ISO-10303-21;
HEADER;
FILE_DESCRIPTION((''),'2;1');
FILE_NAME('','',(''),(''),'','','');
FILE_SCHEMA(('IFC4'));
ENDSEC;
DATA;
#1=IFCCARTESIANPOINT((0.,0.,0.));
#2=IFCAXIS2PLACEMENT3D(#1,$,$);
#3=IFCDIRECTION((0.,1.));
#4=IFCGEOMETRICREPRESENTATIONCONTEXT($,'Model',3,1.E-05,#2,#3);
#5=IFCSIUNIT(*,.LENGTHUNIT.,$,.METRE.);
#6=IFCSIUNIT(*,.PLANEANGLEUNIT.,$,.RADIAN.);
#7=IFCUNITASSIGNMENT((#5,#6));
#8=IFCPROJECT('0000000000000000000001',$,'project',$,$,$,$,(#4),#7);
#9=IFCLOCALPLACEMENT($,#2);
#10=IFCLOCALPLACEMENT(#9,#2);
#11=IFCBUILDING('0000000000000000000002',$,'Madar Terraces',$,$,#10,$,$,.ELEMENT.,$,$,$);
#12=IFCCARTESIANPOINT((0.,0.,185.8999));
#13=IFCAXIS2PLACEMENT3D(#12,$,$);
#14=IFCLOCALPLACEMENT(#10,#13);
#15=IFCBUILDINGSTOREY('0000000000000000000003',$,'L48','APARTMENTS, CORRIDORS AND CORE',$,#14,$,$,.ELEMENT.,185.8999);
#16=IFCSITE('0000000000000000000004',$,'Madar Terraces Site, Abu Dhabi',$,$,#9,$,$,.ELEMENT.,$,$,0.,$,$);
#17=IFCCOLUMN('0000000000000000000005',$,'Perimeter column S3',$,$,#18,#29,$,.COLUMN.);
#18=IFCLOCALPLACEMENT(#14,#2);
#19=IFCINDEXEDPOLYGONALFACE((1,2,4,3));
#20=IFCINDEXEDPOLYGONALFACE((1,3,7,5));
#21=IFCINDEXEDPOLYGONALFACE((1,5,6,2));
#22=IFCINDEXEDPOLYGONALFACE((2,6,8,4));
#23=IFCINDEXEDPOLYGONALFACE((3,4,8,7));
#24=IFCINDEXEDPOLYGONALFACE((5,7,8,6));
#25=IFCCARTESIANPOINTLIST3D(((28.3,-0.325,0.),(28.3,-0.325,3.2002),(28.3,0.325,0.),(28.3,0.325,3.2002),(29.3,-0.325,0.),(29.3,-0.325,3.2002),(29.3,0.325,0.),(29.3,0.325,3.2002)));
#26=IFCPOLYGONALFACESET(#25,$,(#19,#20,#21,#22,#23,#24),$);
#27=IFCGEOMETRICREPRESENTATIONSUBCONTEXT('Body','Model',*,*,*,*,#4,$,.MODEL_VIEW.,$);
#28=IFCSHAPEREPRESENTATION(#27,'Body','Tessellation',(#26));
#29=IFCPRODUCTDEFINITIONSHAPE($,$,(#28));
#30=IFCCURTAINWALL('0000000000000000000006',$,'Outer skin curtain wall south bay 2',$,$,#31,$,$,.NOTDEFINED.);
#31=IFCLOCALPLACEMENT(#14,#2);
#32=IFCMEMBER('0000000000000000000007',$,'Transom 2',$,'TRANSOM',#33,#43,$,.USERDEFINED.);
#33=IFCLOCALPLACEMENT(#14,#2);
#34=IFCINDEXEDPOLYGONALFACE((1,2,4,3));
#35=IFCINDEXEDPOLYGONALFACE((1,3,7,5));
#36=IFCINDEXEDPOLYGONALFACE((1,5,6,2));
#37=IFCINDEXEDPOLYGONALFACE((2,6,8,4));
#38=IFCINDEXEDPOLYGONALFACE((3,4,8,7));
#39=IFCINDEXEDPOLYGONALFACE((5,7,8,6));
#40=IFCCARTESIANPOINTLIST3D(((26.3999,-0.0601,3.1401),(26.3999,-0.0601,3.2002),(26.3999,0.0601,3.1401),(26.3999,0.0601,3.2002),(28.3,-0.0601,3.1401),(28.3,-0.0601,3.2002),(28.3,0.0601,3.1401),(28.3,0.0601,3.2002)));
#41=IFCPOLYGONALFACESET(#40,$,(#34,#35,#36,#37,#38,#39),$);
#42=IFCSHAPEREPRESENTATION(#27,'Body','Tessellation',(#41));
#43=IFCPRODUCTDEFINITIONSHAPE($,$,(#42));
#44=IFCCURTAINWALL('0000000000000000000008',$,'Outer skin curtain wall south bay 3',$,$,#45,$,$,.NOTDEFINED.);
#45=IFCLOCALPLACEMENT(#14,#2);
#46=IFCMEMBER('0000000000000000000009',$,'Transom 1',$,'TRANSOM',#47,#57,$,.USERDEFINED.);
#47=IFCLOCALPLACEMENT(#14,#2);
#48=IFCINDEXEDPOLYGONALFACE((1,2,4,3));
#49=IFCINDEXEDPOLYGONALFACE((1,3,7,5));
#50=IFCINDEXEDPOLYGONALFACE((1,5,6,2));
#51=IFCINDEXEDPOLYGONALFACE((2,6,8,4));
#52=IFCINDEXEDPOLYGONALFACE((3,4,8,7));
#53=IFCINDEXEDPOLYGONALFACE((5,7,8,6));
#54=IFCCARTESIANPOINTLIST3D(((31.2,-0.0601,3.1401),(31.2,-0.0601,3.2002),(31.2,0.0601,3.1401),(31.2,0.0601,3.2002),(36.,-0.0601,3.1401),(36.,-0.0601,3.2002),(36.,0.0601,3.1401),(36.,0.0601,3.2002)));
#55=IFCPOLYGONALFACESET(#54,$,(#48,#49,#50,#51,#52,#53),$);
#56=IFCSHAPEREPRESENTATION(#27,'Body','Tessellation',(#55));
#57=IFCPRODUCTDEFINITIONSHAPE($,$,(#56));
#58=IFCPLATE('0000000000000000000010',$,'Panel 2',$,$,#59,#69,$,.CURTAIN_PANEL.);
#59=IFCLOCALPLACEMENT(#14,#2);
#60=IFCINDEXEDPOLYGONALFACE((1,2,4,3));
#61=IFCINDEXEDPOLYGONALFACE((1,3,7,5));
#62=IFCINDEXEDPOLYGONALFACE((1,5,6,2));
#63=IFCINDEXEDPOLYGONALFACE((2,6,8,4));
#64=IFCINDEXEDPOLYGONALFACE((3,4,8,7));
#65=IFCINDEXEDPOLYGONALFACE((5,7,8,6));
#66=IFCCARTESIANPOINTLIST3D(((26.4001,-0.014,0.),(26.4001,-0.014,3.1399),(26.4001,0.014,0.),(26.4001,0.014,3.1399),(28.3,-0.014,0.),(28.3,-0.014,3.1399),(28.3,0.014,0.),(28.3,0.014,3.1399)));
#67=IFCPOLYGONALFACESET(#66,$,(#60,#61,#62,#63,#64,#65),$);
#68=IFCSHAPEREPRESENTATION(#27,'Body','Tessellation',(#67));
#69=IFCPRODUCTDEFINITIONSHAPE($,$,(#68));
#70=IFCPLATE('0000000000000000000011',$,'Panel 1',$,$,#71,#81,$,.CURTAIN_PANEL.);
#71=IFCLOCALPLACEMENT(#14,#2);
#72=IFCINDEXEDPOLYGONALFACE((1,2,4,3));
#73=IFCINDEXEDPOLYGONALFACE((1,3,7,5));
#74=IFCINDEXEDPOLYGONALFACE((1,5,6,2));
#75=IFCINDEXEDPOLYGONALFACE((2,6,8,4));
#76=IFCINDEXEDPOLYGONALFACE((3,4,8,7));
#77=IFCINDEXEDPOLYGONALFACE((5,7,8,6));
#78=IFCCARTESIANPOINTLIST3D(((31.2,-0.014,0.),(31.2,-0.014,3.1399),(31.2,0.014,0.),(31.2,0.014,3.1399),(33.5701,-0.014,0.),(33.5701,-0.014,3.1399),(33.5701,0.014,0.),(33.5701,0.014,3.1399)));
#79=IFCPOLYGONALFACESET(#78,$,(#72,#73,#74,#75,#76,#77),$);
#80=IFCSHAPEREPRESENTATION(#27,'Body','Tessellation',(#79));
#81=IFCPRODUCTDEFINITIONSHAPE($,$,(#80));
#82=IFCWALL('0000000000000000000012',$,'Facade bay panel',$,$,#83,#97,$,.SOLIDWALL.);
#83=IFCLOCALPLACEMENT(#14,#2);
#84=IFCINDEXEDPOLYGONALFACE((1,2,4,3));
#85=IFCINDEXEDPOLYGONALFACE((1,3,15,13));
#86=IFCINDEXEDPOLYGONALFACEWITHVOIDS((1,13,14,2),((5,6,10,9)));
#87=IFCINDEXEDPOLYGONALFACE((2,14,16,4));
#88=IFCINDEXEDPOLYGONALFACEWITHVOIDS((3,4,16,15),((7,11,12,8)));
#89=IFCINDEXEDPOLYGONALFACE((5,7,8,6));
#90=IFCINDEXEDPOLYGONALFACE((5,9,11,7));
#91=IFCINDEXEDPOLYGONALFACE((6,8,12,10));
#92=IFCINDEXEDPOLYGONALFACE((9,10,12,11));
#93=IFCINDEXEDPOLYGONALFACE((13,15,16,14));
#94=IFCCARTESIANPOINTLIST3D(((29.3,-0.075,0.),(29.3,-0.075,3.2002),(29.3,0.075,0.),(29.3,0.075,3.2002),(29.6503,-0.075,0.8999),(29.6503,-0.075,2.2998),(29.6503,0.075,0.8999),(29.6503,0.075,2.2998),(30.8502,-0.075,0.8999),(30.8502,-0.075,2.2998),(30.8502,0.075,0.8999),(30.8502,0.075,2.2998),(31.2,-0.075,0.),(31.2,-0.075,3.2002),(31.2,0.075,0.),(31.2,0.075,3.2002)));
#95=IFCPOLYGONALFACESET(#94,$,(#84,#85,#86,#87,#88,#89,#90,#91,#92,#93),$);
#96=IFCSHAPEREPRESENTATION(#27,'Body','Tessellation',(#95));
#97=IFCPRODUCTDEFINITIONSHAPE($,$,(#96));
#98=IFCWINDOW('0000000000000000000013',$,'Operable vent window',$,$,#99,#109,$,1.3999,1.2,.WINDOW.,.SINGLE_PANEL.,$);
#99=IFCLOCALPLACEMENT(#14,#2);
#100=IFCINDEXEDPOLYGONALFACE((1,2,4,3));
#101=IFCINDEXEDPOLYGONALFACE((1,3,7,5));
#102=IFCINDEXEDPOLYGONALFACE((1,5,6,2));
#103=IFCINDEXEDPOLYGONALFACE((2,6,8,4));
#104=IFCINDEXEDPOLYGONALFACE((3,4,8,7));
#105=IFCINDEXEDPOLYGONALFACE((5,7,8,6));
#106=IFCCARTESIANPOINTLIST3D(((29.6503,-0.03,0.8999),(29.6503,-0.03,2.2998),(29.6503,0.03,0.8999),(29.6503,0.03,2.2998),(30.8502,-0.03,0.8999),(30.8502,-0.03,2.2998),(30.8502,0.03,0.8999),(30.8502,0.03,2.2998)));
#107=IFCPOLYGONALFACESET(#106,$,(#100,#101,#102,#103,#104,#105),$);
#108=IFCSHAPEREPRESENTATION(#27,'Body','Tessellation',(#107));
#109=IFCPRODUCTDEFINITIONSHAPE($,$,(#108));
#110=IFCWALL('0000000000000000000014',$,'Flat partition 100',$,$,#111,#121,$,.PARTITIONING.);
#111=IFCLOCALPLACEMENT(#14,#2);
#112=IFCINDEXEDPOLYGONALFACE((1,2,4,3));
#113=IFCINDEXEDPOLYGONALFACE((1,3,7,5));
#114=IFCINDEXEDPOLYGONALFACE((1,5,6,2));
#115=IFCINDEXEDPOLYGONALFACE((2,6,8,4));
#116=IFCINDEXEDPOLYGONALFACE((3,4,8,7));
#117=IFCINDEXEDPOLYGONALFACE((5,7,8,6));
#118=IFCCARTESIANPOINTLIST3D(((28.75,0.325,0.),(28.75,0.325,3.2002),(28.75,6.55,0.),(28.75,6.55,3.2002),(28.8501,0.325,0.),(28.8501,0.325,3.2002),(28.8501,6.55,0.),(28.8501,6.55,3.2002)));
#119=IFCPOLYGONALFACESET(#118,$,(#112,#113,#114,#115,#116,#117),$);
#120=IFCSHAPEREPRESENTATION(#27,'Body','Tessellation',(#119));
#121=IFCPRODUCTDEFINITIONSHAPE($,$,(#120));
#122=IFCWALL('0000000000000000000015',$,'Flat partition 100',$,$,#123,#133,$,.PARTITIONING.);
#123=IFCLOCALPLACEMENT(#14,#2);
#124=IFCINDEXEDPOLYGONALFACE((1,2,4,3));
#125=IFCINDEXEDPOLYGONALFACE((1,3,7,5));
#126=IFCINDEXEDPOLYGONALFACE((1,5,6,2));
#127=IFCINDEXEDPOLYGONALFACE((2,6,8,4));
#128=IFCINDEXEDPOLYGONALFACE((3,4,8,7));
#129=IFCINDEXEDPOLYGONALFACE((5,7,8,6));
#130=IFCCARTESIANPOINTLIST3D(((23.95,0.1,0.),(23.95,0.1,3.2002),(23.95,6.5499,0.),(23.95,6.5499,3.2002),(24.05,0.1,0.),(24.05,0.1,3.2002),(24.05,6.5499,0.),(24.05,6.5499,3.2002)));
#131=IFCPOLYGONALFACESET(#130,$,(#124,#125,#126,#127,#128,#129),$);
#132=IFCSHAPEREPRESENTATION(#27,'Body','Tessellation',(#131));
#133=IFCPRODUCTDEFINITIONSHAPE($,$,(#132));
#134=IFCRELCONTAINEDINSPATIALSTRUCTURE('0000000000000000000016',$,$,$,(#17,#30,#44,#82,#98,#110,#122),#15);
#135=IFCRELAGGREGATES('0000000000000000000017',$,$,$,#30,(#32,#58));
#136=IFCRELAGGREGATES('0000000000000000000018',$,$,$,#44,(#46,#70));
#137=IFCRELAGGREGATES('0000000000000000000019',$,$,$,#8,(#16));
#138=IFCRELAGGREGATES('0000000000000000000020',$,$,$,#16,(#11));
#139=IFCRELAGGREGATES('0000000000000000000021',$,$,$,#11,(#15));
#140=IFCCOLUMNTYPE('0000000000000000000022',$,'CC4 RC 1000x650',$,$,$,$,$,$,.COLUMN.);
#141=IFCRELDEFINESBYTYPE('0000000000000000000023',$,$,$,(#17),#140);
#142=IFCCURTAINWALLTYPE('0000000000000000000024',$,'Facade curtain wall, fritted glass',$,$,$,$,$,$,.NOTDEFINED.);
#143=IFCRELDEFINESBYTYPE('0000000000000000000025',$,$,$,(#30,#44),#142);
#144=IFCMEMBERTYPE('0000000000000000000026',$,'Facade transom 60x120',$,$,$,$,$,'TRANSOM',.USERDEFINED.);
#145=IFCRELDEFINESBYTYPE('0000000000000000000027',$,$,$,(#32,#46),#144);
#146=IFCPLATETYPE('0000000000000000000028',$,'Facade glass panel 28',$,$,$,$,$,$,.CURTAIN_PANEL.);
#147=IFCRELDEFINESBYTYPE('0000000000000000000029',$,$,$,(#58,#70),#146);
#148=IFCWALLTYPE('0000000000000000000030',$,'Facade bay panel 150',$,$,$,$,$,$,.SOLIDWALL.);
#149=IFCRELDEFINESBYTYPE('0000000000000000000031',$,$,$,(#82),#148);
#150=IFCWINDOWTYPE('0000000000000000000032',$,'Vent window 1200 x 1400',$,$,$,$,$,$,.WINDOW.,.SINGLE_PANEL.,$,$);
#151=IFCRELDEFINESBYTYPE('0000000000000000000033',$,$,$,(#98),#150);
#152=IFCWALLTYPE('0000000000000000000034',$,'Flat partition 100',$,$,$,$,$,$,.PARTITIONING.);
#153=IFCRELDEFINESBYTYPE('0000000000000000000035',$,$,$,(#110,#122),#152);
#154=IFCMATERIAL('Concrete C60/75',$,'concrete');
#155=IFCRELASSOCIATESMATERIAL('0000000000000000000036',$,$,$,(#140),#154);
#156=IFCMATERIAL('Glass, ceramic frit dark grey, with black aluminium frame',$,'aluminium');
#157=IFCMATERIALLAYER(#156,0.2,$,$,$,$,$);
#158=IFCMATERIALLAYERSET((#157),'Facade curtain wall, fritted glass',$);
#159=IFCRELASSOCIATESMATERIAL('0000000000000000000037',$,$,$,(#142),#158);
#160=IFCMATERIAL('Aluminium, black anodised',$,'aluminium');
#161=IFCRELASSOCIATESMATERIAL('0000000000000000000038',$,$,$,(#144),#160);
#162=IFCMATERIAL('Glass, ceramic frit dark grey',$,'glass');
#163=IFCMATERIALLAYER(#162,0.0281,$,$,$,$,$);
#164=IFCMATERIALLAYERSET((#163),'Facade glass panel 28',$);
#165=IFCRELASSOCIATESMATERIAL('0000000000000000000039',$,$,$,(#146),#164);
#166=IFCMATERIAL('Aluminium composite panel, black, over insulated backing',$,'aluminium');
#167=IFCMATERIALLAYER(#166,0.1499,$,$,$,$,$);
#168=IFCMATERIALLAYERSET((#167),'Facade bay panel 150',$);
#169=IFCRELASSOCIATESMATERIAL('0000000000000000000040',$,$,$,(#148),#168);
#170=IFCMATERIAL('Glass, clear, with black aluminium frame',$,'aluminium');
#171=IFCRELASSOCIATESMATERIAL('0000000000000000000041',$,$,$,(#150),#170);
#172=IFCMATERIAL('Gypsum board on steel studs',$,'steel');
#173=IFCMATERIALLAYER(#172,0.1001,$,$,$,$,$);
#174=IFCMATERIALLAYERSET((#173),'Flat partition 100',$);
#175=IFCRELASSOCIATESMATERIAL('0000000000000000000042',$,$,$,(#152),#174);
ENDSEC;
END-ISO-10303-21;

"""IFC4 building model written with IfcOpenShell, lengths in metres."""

from ifc_helpers import new_model, si_unit, direction, frame, frame_2d, origin, origin_2d, place, context, subcontext, project, spatial, rectangle, extrude, material, layer, layer_set, material_profile, profile_set, type_object, element, fill, aggregate, save


model = new_model("IFC4")

# Units and contexts
model_context = context("Model", 3, precision=1e-05, world=origin(), true_north=direction((0.0, 1.0)))
body_context = subcontext(model_context, "Body", "Model", "MODEL_VIEW")
ifc_project = project(units=[si_unit("LENGTHUNIT", "METRE"), si_unit("PLANEANGLEUNIT", "RADIAN")], contexts=[model_context])

# Site, building, storey
site_placement = place(None, origin())
site = spatial("IfcSite", under=ifc_project, at=site_placement, Name="Madar Terraces Site, Abu Dhabi", CompositionType="ELEMENT", RefElevation=0.0)
building_placement = place(site_placement, origin())
building = spatial("IfcBuilding", under=site, at=building_placement, Name="Madar Terraces", CompositionType="ELEMENT")
storey_placement = place(building_placement, frame((0.0, 0.0, 185.8999)))
storey = spatial("IfcBuildingStorey", under=building, at=storey_placement, Name="L48", Description="APARTMENTS, CORRIDORS AND CORE", CompositionType="ELEMENT", Elevation=185.8999)

# Column
ifc_material_1 = material(Name="Concrete C60/75", Category="concrete")
ifc_material_profile_1 = material_profile(ifc_material_1, rectangle(XDim=1.0, YDim=0.6499, at=origin_2d()), Name="CC4 RC 1000x650")
ifc_profile_set_1 = profile_set([ifc_material_profile_1], Name="Concrete C60/75")
column_type = type_object("IfcColumnType", Name="CC4 RC 1000x650", PredefinedType="COLUMN", material=ifc_profile_set_1)
column_placement = place(storey_placement, frame((28.8, 0.0, 0.0), z_axis=(0.0, 0.0, 1.0), x_axis=(1.0, 0.0, 0.0)))
element("IfcColumn", 1, at=column_placement, inside=storey, type_object=column_type, Name="Perimeter column S3", PredefinedType="COLUMN", context=body_context, shape_type="SweptSolid", body=[
    extrude(rectangle(XDim=1.0, YDim=0.6499, at=origin_2d()), origin(), (0.0, 0.0, 1.0), 3.2002),
])

# Curtain walls, members
ifc_material_2 = material(Name="Glass, ceramic frit dark grey, with black aluminium frame", Category="aluminium")
ifc_layer_1 = layer(ifc_material_2, 0.2)
ifc_layer_set_1 = layer_set([ifc_layer_1], Name="Facade curtain wall, fritted glass")
curtain_wall_type = type_object("IfcCurtainWallType", Name="Facade curtain wall, fritted glass", PredefinedType="NOTDEFINED", material=ifc_layer_set_1)
curtain_wall_1_placement = place(storey_placement, origin())
curtain_wall_1 = element("IfcCurtainWall", 2, at=curtain_wall_1_placement, inside=storey, type_object=curtain_wall_type, Name="Outer skin curtain wall south bay 2", PredefinedType="NOTDEFINED")
ifc_material_3 = material(Name="Aluminium, black anodised", Category="aluminium")
ifc_material_profile_2 = material_profile(ifc_material_3, rectangle(XDim=0.1201, YDim=0.0601, at=origin_2d()), Name="Facade transom 60x120")
ifc_profile_set_2 = profile_set([ifc_material_profile_2], Name="Aluminium, black anodised")
member_type = type_object("IfcMemberType", Name="Facade transom 60x120", ElementType="TRANSOM", PredefinedType="USERDEFINED", material=ifc_profile_set_2)
member_1_placement = place(storey_placement, frame((26.3999, 0.0, 3.1702), z_axis=(1.0, 0.0, 0.0), x_axis=(0.0, 1.0, 0.0)))
member_1 = element("IfcMember", 3, at=member_1_placement, type_object=member_type, Name="Transom 2", ObjectType="TRANSOM", PredefinedType="USERDEFINED", context=body_context, shape_type="SweptSolid", body=[
    extrude(rectangle(XDim=0.1201, YDim=0.0601, at=origin_2d()), origin(), (0.0, 0.0, 1.0), 1.9001),
])
curtain_wall_2_placement = place(storey_placement, origin())
curtain_wall_2 = element("IfcCurtainWall", 4, at=curtain_wall_2_placement, inside=storey, type_object=curtain_wall_type, Name="Outer skin curtain wall south bay 3", PredefinedType="NOTDEFINED")
member_2_placement = place(storey_placement, frame((31.2, 0.0, 3.1702), z_axis=(1.0, 0.0, 0.0), x_axis=(0.0, 1.0, 0.0)))
member_2 = element("IfcMember", 5, at=member_2_placement, type_object=member_type, Name="Transom 1", ObjectType="TRANSOM", PredefinedType="USERDEFINED", context=body_context, shape_type="SweptSolid", body=[
    extrude(rectangle(XDim=0.1201, YDim=0.0601, at=origin_2d()), origin(), (0.0, 0.0, 1.0), 4.8),
])

# Plates
ifc_material_4 = material(Name="Glass, ceramic frit dark grey", Category="glass")
ifc_layer_2 = layer(ifc_material_4, 0.0281)
ifc_layer_set_2 = layer_set([ifc_layer_2], Name="Facade glass panel 28")
plate_type = type_object("IfcPlateType", Name="Facade glass panel 28", PredefinedType="CURTAIN_PANEL", material=ifc_layer_set_2)
plate_1_placement = place(storey_placement, frame((27.3501, 0.0, 0.0), z_axis=(0.0, 0.0, 1.0), x_axis=(1.0, 0.0, 0.0)))
plate_1 = element("IfcPlate", 6, at=plate_1_placement, type_object=plate_type, Name="Panel 2", PredefinedType="CURTAIN_PANEL", context=body_context, shape_type="SweptSolid", body=[
    extrude(rectangle(XDim=1.8999, YDim=0.0281, at=origin_2d()), origin(), (0.0, 0.0, 1.0), 3.1399),
])
aggregate(curtain_wall_1, [member_1, plate_1])
plate_2_placement = place(storey_placement, frame((32.385, 0.0, 0.0), z_axis=(0.0, 0.0, 1.0), x_axis=(1.0, 0.0, 0.0)))
plate_2 = element("IfcPlate", 7, at=plate_2_placement, type_object=plate_type, Name="Panel 1", PredefinedType="CURTAIN_PANEL", context=body_context, shape_type="SweptSolid", body=[
    extrude(rectangle(XDim=2.3701, YDim=0.0281, at=origin_2d()), origin(), (0.0, 0.0, 1.0), 3.1399),
])
aggregate(curtain_wall_2, [member_2, plate_2])

# Shared definitions
ifc_material_5 = material(Name="Aluminium composite panel, black, over insulated backing", Category="aluminium")
ifc_layer_3 = layer(ifc_material_5, 0.1499)
ifc_layer_set_3 = layer_set([ifc_layer_3], Name="Facade bay panel 150")
wall_type_1 = type_object("IfcWallType", Name="Facade bay panel 150", PredefinedType="SOLIDWALL", material=ifc_layer_set_3)

# Wall, opening, window
wall_1_placement = place(storey_placement, frame((29.3, 0.0, 0.0), z_axis=(0.0, 0.0, 1.0), x_axis=(1.0, 0.0, 0.0)))
wall_1 = element("IfcWall", 8, at=wall_1_placement, inside=storey, type_object=wall_type_1, Name="Facade bay panel", PredefinedType="SOLIDWALL", context=body_context, shape_type="SweptSolid", body=[
    extrude(rectangle(XDim=1.8999, YDim=0.1499, at=frame_2d((0.95, 0.0))), origin(), (0.0, 0.0, 1.0), 3.2002),
])
opening_1_placement = place(wall_1_placement, frame((0.3501, 0.0, 0.8999)))
opening_1 = element("IfcOpeningElement", 9, at=opening_1_placement, cuts=wall_1, PredefinedType="OPENING", context=body_context, shape_type="SweptSolid", body=[
    extrude(rectangle(XDim=1.2, YDim=1.3999, at=frame_2d((0.6001, 0.7))), frame((0.0, 0.085, 0.0), z_axis=(0.0, -1.0, 0.0), x_axis=(1.0, 0.0, 0.0)), (0.0, 0.0, 1.0), 0.1699),
])
ifc_material_6 = material(Name="Glass, clear, with black aluminium frame", Category="aluminium")
window_type = type_object("IfcWindowType", Name="Vent window 1200 x 1400", PartitioningType="SINGLE_PANEL", PredefinedType="WINDOW", material=ifc_material_6)
window_placement = place(opening_1_placement, origin())
window = element("IfcWindow", 10, at=window_placement, inside=storey, type_object=window_type, Name="Operable vent window", OverallHeight=1.3999, OverallWidth=1.2, PartitioningType="SINGLE_PANEL", PredefinedType="WINDOW", context=body_context, shape_type="SweptSolid", body=[
    extrude(rectangle(XDim=1.2, YDim=1.3999, at=frame_2d((0.6001, 0.7))), frame((0.0, 0.03, 0.0), z_axis=(0.0, -1.0, 0.0), x_axis=(1.0, 0.0, 0.0)), (0.0, 0.0, 1.0), 0.0601),
])
fill(opening_1, window)

# Walls
ifc_material_7 = material(Name="Gypsum board on steel studs", Category="steel")
ifc_layer_4 = layer(ifc_material_7, 0.1001)
ifc_layer_set_4 = layer_set([ifc_layer_4], Name="Flat partition 100")
wall_type_2 = type_object("IfcWallType", Name="Flat partition 100", PredefinedType="PARTITIONING", material=ifc_layer_set_4)
wall_2_placement = place(storey_placement, frame((28.8, 6.55, 0.0), z_axis=(0.0, 0.0, 1.0), x_axis=(0.0, -1.0, 0.0)))
element("IfcWall", 11, at=wall_2_placement, inside=storey, type_object=wall_type_2, Name="Flat partition 100", PredefinedType="PARTITIONING", context=body_context, shape_type="SweptSolid", body=[
    extrude(rectangle(XDim=6.2251, YDim=0.1001, at=frame_2d((3.1125, 0.0))), origin(), (0.0, 0.0, 1.0), 3.2002),
])
wall_3_placement = place(storey_placement, frame((24.0, 6.55, 0.0), z_axis=(0.0, 0.0, 1.0), x_axis=(0.0, -1.0, 0.0)))
element("IfcWall", 12, at=wall_3_placement, inside=storey, type_object=wall_type_2, Name="Flat partition 100", PredefinedType="PARTITIONING", context=body_context, shape_type="SweptSolid", body=[
    extrude(rectangle(XDim=6.45, YDim=0.1001, at=frame_2d((3.2251, 0.0))), origin(), (0.0, 0.0, 1.0), 3.2002),
])

save(model, "model.ifc")
